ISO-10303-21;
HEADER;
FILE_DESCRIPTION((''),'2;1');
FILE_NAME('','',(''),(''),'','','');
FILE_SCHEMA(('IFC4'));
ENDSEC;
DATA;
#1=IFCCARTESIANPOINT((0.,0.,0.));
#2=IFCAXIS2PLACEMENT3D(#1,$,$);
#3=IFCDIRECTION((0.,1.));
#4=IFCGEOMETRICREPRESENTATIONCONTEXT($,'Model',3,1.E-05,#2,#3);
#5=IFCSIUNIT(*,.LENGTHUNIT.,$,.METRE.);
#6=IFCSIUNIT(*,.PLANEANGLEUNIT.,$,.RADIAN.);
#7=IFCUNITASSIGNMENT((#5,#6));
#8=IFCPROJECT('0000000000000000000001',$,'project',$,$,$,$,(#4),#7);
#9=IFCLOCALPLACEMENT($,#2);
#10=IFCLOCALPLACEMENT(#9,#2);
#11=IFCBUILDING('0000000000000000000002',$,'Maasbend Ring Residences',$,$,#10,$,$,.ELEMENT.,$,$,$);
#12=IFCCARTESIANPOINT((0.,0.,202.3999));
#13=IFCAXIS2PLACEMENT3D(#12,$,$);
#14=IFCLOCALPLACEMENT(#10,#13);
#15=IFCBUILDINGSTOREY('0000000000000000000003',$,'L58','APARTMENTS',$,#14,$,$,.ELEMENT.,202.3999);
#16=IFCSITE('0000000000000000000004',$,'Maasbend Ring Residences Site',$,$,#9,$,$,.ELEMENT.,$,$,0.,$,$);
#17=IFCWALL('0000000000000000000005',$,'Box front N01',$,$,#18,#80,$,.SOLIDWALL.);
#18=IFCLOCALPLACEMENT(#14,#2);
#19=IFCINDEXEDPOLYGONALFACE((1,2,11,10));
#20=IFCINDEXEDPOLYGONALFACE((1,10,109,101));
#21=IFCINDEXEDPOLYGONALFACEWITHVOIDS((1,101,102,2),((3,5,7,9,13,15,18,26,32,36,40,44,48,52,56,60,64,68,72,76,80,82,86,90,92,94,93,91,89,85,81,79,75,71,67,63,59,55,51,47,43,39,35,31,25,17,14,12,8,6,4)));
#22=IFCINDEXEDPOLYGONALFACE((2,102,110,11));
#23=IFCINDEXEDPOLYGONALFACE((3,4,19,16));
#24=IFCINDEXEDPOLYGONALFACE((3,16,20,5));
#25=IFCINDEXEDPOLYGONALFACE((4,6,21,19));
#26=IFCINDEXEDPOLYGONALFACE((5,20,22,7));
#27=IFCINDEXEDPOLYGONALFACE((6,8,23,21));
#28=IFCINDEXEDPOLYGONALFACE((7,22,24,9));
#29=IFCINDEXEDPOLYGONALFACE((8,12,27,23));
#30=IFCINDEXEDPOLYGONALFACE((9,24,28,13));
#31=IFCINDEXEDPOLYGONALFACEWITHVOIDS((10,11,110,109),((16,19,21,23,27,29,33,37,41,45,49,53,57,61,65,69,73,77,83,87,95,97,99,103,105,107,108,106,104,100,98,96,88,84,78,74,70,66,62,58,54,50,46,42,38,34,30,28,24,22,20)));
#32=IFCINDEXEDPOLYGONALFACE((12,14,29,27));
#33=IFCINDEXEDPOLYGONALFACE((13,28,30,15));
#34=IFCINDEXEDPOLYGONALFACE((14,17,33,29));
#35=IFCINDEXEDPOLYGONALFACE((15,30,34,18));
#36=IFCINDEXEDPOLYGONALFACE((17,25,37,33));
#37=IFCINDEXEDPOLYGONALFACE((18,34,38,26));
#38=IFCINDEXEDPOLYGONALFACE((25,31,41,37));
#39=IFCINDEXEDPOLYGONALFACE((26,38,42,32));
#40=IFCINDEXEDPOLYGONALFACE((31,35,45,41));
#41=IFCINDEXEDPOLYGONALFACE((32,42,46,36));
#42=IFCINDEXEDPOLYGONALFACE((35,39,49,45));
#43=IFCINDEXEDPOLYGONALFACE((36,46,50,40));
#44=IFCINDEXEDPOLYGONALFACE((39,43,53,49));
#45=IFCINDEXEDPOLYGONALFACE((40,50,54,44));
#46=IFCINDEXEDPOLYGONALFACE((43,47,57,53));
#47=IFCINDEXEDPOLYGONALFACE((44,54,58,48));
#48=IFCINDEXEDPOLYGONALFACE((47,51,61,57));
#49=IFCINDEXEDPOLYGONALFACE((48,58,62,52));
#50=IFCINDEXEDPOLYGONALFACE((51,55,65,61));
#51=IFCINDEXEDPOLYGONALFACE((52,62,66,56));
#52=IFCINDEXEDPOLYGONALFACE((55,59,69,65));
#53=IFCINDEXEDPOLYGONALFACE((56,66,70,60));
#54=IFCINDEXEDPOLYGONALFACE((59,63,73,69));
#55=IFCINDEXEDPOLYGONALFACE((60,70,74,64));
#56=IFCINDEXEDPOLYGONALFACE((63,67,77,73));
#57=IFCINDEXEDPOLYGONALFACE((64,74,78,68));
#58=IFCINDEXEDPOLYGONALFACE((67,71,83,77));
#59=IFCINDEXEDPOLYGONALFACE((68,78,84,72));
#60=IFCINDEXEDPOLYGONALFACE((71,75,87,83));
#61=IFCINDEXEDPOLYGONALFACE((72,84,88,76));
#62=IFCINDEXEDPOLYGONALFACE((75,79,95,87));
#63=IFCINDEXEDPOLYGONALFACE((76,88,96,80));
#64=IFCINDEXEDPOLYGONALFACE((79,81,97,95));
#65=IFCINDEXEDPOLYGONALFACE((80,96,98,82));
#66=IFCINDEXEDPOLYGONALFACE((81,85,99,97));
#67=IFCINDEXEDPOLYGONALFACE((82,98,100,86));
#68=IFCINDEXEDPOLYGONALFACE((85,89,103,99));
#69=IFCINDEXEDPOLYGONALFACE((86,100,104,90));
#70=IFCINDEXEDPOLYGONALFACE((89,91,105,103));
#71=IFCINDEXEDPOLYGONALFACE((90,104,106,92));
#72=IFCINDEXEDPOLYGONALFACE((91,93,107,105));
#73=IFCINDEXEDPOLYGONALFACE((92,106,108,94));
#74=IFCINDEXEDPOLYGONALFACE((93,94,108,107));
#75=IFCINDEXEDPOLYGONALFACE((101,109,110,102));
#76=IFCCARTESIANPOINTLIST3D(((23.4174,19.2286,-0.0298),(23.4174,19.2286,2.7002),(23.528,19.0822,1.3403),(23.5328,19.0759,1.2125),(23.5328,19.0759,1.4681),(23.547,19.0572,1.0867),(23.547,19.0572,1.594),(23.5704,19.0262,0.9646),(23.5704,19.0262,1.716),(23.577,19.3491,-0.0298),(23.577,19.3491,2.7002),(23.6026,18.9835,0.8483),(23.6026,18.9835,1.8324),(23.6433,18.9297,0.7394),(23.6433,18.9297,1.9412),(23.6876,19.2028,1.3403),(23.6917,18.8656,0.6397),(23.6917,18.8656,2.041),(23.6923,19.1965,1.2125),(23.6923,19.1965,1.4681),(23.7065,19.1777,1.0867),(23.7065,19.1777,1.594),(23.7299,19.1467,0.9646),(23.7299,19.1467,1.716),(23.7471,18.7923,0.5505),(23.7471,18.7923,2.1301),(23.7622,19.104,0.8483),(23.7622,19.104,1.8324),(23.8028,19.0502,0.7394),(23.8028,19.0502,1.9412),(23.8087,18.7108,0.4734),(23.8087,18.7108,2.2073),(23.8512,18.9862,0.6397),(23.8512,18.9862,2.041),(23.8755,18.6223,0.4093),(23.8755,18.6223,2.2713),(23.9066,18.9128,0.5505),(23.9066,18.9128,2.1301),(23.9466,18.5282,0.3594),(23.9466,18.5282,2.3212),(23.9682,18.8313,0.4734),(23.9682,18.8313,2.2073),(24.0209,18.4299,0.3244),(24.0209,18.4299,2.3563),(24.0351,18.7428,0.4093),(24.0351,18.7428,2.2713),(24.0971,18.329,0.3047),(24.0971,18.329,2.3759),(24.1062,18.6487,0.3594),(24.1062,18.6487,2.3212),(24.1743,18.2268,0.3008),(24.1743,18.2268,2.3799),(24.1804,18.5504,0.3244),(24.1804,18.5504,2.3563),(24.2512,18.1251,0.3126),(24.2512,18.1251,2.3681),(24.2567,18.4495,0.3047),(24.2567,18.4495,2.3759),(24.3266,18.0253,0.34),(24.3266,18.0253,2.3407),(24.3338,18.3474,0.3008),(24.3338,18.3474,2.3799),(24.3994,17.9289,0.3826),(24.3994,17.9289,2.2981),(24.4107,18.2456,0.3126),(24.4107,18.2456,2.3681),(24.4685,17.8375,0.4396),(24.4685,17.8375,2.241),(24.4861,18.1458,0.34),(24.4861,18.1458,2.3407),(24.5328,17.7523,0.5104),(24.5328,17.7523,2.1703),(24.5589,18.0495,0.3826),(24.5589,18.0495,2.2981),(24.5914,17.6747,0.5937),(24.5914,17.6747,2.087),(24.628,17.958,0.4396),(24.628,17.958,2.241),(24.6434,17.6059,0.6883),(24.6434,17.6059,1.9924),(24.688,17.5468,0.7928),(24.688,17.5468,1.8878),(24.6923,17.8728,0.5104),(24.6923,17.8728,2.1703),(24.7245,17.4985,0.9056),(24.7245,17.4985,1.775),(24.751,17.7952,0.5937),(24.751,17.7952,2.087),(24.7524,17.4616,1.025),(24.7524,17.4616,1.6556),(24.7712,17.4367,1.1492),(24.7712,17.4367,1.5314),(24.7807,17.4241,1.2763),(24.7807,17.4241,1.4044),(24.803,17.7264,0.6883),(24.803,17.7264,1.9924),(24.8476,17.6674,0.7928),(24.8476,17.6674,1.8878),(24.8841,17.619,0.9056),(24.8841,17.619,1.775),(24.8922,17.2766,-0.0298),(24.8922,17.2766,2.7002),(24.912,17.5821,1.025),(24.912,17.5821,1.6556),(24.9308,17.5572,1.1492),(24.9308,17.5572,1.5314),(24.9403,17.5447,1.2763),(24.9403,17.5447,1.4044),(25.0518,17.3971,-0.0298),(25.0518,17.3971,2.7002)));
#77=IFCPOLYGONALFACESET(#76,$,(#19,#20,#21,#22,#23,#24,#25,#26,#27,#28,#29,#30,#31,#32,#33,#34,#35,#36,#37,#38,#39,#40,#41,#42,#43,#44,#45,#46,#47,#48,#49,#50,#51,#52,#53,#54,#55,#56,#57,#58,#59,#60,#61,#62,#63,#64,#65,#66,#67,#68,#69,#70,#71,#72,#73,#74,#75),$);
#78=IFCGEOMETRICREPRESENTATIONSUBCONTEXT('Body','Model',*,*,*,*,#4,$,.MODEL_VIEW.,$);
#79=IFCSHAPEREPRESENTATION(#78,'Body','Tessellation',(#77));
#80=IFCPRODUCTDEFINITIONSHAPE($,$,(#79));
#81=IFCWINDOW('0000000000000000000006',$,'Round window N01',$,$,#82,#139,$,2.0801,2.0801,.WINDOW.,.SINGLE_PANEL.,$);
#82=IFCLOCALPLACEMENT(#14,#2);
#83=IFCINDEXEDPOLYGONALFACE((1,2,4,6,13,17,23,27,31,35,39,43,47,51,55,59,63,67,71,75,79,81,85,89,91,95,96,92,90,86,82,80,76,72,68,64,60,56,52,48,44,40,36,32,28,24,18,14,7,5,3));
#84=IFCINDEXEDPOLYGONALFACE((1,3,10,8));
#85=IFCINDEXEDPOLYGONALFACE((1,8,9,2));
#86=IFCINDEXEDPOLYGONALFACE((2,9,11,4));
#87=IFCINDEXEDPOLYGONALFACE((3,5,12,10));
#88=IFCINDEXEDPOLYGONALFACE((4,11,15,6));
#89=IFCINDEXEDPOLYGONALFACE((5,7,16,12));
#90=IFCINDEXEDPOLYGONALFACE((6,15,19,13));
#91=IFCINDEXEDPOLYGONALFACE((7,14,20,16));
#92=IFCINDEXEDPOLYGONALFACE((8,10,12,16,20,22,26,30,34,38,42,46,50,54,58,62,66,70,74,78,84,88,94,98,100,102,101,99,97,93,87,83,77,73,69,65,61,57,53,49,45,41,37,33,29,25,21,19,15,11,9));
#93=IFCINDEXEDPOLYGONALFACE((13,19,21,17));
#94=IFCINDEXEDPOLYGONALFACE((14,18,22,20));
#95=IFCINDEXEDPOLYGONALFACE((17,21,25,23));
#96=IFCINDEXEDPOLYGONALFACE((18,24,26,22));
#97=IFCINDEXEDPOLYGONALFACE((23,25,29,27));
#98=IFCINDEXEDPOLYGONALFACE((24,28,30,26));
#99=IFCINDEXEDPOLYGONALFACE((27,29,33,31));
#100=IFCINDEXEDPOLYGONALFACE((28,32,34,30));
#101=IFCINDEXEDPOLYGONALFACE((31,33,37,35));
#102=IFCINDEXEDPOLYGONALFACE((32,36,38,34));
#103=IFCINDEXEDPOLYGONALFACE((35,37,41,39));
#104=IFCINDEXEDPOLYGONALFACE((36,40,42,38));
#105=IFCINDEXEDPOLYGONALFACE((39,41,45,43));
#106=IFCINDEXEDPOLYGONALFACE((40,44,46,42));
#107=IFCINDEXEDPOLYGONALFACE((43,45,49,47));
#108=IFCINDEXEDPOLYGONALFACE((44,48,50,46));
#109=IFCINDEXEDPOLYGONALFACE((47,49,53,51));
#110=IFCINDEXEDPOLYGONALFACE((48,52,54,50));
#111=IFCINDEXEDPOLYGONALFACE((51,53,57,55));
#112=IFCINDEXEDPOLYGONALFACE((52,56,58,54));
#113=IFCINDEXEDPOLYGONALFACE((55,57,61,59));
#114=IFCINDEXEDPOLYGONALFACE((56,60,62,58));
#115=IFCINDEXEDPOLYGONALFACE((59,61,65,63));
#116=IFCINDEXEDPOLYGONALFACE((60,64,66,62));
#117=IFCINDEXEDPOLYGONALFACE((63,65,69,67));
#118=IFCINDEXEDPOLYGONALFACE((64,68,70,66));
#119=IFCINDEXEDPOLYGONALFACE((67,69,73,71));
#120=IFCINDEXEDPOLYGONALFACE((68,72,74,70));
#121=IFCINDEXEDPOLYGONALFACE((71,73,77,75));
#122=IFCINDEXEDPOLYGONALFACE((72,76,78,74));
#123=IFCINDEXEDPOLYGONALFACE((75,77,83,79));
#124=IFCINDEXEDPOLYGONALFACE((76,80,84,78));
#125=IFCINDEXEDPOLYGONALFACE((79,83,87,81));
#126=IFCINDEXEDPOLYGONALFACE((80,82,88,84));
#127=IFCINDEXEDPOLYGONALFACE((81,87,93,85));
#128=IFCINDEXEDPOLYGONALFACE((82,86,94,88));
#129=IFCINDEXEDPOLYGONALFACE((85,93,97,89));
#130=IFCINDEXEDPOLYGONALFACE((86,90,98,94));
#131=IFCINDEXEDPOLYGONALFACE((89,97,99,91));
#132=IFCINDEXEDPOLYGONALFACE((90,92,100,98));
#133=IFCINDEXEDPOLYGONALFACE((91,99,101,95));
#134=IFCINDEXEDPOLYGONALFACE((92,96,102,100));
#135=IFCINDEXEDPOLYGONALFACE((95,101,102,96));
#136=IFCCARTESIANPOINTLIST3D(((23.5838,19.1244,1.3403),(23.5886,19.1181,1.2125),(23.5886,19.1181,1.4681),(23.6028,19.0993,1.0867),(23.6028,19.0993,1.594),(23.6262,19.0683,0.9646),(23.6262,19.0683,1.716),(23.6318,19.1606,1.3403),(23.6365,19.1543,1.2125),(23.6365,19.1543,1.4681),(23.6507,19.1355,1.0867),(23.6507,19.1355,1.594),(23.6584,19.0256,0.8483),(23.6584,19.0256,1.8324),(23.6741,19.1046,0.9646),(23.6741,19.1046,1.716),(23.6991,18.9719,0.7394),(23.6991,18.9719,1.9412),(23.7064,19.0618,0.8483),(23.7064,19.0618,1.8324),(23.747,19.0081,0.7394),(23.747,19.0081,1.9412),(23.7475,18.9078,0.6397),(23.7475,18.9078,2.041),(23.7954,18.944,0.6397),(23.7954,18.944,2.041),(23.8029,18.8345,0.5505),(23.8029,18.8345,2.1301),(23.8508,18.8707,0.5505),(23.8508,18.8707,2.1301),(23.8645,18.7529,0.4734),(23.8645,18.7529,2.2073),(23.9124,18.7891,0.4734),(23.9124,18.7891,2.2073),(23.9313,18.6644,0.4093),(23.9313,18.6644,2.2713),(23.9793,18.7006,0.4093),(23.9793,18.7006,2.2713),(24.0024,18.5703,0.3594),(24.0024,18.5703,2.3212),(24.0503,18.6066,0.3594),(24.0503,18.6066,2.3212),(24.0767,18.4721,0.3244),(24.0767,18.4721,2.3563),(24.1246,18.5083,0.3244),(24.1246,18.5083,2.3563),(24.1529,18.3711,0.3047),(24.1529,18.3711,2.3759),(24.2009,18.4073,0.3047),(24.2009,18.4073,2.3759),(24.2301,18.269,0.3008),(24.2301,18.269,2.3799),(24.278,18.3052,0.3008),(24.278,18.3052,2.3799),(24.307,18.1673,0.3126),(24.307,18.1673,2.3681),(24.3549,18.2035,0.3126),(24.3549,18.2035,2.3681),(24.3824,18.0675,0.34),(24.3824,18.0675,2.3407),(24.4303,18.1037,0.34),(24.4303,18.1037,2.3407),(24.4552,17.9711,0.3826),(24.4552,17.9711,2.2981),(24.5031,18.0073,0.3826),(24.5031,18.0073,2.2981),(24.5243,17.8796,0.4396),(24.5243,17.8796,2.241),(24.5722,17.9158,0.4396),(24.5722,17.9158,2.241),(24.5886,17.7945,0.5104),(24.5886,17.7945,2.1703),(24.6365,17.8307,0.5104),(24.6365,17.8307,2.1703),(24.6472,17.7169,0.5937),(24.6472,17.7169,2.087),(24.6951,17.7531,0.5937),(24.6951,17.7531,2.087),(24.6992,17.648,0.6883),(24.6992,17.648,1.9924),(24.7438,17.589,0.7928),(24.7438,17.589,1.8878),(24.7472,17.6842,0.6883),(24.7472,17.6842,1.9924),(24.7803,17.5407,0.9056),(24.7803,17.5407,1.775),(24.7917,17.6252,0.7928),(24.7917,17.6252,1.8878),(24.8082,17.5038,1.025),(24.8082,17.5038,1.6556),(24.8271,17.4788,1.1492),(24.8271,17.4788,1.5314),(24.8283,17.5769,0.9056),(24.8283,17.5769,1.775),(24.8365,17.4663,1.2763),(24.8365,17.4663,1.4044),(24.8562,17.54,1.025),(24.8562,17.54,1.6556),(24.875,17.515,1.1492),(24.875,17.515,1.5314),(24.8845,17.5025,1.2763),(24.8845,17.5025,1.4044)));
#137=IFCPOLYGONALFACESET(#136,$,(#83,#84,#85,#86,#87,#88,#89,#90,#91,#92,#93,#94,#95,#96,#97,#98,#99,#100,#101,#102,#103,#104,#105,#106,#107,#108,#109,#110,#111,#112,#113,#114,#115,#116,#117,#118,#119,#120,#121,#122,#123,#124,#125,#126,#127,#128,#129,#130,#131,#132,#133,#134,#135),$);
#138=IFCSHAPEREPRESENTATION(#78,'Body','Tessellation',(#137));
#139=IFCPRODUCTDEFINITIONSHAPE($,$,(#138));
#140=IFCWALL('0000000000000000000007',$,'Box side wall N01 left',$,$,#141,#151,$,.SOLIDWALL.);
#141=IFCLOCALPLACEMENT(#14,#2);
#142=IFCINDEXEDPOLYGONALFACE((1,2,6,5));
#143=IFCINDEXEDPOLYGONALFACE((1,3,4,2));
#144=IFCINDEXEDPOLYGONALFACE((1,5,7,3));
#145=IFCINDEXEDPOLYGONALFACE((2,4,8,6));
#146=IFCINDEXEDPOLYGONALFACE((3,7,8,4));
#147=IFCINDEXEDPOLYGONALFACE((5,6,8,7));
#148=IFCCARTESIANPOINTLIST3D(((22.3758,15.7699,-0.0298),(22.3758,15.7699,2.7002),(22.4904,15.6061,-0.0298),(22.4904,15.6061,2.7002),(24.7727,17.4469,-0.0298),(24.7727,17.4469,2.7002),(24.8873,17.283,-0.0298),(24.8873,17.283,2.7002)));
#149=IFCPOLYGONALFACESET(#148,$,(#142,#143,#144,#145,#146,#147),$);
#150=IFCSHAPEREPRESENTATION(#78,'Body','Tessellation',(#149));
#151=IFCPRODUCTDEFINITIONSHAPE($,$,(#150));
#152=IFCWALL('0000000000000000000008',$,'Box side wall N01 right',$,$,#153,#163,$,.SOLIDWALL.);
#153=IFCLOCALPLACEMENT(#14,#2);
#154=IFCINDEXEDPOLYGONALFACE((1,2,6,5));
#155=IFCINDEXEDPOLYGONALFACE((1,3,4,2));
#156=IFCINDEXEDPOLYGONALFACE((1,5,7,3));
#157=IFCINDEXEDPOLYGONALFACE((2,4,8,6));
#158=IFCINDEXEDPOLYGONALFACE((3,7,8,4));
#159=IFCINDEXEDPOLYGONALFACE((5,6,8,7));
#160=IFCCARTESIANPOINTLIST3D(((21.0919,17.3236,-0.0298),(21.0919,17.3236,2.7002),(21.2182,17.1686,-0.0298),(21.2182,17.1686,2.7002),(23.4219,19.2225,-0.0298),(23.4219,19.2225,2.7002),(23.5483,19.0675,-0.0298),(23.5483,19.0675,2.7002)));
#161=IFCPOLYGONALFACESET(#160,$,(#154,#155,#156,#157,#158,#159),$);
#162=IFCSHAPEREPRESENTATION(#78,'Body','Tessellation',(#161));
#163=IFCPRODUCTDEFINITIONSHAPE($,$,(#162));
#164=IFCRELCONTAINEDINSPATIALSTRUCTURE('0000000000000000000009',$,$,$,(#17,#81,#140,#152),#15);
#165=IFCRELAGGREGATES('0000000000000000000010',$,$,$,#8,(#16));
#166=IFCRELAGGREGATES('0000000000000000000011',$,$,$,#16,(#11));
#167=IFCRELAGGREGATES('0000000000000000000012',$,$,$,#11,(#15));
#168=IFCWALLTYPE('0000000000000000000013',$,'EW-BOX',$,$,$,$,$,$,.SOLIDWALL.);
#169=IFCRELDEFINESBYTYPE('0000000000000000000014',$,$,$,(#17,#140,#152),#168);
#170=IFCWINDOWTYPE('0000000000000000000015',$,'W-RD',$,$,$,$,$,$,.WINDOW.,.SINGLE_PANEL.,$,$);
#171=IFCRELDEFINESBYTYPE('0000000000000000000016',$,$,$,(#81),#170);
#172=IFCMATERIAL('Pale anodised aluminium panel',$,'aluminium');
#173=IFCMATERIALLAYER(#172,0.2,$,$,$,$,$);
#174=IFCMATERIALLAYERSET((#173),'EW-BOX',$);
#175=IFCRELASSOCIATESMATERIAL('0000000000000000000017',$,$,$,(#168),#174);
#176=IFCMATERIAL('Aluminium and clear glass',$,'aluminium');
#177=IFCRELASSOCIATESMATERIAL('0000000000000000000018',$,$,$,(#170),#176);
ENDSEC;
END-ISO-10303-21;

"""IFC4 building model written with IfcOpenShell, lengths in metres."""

from ifc_helpers import new_model, si_unit, direction, frame, frame_2d, origin, place, context, subcontext, project, spatial, rectangle, circle, extrude, material, layer, layer_set, type_object, element, fill, save


model = new_model("IFC4")

# Units and contexts
model_context = context("Model", 3, precision=1e-05, world=origin(), true_north=direction((0.0, 1.0)))
body_context = subcontext(model_context, "Body", "Model", "MODEL_VIEW")
ifc_project = project(units=[si_unit("LENGTHUNIT", "METRE"), si_unit("PLANEANGLEUNIT", "RADIAN")], contexts=[model_context])

# Site, building, storey
site_placement = place(None, origin())
site = spatial("IfcSite", under=ifc_project, at=site_placement, Name="Maasbend Ring Residences Site", CompositionType="ELEMENT", RefElevation=0.0)
building_placement = place(site_placement, origin())
building = spatial("IfcBuilding", under=site, at=building_placement, Name="Maasbend Ring Residences", CompositionType="ELEMENT")
storey_placement = place(building_placement, frame((0.0, 0.0, 202.3999)))
storey = spatial("IfcBuildingStorey", under=building, at=storey_placement, Name="L58", Description="APARTMENTS", CompositionType="ELEMENT", Elevation=202.3999)

# Wall, opening, window
ifc_material_1 = material(Name="Pale anodised aluminium panel", Category="aluminium")
ifc_layer_1 = layer(ifc_material_1, 0.2)
ifc_layer_set_1 = layer_set([ifc_layer_1], Name="EW-BOX")
wall_type_1 = type_object("IfcWallType", Name="EW-BOX", PredefinedType="SOLIDWALL", material=ifc_layer_set_1)
wall_1_placement = place(storey_placement, frame((24.9719, 17.3369, -0.0298), z_axis=(0.0, 0.0, 1.0), x_axis=(-0.602806, 0.797888, 0.0)))
wall_1 = element("IfcWall", 1, at=wall_1_placement, inside=storey, type_object=wall_type_1, Name="Box front N01", PredefinedType="SOLIDWALL", context=body_context, shape_type="SweptSolid", body=[
    extrude(rectangle(XDim=2.4465, YDim=0.2, at=frame_2d((1.2231, 0.0))), origin(), (0.0, 0.0, 1.0), 2.73),
])
opening_1_placement = place(wall_1_placement, frame((0.1829, 0.0, 0.3301)))
opening_1 = element("IfcOpeningElement", 2, at=opening_1_placement, cuts=wall_1, PredefinedType="OPENING", context=body_context, shape_type="SweptSolid", body=[
    extrude(circle(Radius=1.04, at=frame_2d((1.04, 1.04))), frame((0.0, 0.1099, 0.0), z_axis=(0.0, -1.0, 0.0), x_axis=(1.0, 0.0, 0.0)), (0.0, 0.0, 1.0), 0.22),
])
ifc_material_2 = material(Name="Aluminium and clear glass", Category="aluminium")
window_type_1 = type_object("IfcWindowType", Name="W-RD", PartitioningType="SINGLE_PANEL", PredefinedType="WINDOW", material=ifc_material_2)
window_1_placement = place(opening_1_placement, origin())
window_1 = element("IfcWindow", 3, at=window_1_placement, inside=storey, type_object=window_type_1, Name="Round window N01", OverallHeight=2.0801, OverallWidth=2.0801, PartitioningType="SINGLE_PANEL", PredefinedType="WINDOW", context=body_context, shape_type="SweptSolid", body=[
    extrude(circle(Radius=1.04, at=frame_2d((1.04, 1.04))), frame((0.0, 0.03, 0.0), z_axis=(0.0, -1.0, 0.0), x_axis=(1.0, 0.0, 0.0)), (0.0, 0.0, 1.0), 0.0601),
])
fill(opening_1, window_1)

# Walls
wall_2_placement = place(storey_placement, frame((22.4331, 15.688, -0.0298), z_axis=(0.0, 0.0, 1.0), x_axis=(0.819373, 0.573261, 0.0)))
element("IfcWall", 4, at=wall_2_placement, inside=storey, type_object=wall_type_1, Name="Box side wall N01 left", PredefinedType="SOLIDWALL", context=body_context, shape_type="SweptSolid", body=[
    extrude(rectangle(XDim=2.9253, YDim=0.2, at=frame_2d((1.4626, 0.0))), origin(), (0.0, 0.0, 1.0), 2.73),
])
wall_3_placement = place(storey_placement, frame((21.155, 17.2461, -0.0298), z_axis=(0.0, 0.0, 1.0), x_axis=(0.775179, 0.631742, 0.0)))
element("IfcWall", 5, at=wall_3_placement, inside=storey, type_object=wall_type_1, Name="Box side wall N01 right", PredefinedType="SOLIDWALL", context=body_context, shape_type="SweptSolid", body=[
    extrude(rectangle(XDim=3.0059, YDim=0.2, at=frame_2d((1.5029, 0.0))), origin(), (0.0, 0.0, 1.0), 2.73),
])

save(model, "model.ifc")
